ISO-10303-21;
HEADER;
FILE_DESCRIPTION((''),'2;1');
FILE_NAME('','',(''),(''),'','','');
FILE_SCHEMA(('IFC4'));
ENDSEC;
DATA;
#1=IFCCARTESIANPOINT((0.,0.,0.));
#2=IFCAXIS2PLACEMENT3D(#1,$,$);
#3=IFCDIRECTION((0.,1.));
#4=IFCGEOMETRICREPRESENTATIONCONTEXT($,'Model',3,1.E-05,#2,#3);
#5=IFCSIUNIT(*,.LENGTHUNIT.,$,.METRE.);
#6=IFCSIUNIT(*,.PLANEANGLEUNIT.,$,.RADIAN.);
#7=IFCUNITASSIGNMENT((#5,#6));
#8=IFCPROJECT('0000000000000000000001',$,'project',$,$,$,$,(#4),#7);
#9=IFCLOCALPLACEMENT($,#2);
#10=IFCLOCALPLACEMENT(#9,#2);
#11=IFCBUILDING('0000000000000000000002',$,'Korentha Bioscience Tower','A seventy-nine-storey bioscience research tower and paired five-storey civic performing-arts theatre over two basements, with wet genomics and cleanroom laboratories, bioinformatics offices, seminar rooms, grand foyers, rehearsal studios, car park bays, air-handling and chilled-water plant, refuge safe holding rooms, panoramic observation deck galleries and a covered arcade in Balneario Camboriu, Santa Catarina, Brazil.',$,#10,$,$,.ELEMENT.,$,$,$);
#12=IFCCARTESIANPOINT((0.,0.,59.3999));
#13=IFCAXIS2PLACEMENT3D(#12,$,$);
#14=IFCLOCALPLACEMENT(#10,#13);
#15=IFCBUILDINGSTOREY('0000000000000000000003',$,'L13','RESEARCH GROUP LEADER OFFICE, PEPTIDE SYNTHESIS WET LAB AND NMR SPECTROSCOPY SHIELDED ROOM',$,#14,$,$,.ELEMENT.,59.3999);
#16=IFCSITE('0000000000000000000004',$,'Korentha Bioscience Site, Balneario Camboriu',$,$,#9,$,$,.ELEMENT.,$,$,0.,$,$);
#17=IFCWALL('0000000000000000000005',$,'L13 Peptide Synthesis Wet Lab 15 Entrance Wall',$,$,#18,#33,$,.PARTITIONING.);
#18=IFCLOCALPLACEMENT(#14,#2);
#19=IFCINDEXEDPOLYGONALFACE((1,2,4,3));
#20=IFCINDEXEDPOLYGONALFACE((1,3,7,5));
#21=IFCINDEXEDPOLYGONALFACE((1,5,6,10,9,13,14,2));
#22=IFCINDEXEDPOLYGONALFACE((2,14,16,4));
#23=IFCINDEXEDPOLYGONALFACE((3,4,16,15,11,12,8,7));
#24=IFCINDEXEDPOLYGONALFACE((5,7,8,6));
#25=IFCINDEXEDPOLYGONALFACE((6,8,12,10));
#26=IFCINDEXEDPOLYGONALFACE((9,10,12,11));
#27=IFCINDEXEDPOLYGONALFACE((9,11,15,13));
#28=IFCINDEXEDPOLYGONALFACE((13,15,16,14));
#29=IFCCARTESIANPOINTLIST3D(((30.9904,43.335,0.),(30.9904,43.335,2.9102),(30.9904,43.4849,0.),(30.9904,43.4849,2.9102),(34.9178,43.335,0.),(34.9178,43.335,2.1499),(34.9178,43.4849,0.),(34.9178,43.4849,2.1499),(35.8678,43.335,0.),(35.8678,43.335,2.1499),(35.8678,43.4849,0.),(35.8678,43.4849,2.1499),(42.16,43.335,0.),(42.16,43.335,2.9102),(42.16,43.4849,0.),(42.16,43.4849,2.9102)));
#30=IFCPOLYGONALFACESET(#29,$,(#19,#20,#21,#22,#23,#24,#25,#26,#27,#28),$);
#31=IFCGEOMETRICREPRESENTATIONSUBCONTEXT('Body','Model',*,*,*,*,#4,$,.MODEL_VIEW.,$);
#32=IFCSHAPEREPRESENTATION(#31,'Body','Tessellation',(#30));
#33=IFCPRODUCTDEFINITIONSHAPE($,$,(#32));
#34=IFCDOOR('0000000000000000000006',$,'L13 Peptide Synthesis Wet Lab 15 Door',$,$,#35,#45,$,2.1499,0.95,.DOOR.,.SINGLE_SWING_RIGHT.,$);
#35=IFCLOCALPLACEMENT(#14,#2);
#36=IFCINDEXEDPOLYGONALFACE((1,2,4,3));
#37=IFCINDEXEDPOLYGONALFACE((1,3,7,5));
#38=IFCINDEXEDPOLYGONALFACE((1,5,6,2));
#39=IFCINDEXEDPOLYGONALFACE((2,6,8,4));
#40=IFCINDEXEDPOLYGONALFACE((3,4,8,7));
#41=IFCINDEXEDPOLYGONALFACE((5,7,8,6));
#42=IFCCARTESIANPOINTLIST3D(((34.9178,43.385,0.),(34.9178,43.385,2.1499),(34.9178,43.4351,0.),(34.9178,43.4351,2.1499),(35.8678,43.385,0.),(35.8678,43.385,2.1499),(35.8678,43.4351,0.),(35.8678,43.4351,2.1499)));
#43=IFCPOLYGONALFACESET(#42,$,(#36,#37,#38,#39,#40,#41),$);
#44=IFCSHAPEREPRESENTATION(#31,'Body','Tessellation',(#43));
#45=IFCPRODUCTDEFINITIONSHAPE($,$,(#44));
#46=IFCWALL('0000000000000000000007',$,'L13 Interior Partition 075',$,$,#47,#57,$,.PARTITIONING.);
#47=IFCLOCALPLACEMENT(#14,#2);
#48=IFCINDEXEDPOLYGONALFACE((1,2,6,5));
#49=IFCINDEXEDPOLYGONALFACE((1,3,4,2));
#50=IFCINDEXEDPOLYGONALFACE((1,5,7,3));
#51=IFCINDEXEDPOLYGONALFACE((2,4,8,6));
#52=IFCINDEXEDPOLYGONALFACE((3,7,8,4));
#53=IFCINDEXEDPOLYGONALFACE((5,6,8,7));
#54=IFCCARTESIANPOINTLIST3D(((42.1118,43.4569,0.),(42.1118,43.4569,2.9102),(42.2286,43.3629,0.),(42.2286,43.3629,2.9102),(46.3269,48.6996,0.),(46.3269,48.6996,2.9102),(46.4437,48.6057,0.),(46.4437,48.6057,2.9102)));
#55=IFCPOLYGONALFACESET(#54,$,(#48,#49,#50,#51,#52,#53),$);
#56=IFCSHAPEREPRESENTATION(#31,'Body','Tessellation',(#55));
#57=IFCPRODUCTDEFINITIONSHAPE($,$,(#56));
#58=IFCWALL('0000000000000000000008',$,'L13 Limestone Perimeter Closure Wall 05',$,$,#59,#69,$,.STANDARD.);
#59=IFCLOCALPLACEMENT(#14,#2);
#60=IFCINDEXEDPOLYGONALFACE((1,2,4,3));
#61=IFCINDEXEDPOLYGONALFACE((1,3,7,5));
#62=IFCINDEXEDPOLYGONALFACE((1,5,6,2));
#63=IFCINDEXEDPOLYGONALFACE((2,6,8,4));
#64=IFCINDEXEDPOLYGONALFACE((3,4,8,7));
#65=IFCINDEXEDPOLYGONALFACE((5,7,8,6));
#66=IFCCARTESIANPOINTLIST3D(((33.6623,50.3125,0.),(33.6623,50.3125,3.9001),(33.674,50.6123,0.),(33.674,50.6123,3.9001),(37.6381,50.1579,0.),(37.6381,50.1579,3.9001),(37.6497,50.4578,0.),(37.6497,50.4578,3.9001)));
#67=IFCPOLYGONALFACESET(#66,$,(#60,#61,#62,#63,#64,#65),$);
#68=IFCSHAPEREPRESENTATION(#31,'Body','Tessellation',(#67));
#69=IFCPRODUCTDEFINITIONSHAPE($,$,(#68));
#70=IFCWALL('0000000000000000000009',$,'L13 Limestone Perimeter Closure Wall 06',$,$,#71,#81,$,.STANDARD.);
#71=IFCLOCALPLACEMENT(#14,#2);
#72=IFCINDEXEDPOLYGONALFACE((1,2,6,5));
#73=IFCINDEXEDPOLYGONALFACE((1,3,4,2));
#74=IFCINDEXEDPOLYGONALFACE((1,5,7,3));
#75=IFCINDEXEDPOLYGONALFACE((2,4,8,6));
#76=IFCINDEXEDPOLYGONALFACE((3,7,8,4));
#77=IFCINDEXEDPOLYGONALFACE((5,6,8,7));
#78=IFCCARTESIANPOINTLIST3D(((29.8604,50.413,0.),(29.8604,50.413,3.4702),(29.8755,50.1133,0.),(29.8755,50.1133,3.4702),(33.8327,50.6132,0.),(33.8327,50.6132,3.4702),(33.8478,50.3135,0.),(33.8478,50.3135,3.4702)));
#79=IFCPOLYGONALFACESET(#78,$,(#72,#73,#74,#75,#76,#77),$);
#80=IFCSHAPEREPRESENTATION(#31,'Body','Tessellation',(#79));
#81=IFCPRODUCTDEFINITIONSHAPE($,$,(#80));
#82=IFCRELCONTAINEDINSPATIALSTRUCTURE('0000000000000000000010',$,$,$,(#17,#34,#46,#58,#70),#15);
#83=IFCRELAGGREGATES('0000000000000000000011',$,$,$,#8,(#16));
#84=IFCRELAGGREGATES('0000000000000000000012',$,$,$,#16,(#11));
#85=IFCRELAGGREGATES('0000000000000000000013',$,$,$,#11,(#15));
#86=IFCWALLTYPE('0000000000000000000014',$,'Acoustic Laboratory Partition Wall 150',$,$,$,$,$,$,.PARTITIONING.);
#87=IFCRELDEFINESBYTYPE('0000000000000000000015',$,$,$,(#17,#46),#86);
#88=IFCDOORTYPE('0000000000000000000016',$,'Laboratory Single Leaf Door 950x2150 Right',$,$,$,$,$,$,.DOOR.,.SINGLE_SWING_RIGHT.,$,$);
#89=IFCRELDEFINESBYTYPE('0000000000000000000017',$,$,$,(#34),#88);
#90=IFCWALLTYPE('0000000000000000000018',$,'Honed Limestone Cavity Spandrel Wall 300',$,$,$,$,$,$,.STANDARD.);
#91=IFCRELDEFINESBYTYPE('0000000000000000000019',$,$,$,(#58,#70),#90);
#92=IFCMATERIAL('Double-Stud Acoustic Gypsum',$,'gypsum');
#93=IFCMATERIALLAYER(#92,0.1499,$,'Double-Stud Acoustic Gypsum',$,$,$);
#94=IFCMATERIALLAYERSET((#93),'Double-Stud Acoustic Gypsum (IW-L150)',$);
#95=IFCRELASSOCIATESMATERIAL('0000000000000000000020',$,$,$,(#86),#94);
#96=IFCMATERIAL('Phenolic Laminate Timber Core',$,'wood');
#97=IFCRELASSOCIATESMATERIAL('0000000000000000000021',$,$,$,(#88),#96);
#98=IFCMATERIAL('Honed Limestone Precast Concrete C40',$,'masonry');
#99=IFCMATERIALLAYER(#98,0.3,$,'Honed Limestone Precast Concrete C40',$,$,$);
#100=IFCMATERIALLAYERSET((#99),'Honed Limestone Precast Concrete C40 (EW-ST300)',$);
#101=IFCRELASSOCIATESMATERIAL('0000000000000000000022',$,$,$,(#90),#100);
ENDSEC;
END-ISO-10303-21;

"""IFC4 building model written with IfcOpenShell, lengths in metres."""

from ifc_helpers import new_model, si_unit, direction, frame, frame_2d, origin, place, context, subcontext, project, spatial, rectangle, extrude, material, layer, layer_set, type_object, element, fill, save


model = new_model("IFC4")

# Units and contexts
model_context = context("Model", 3, precision=1e-05, world=origin(), true_north=direction((0.0, 1.0)))
body_context = subcontext(model_context, "Body", "Model", "MODEL_VIEW")
ifc_project = project(units=[si_unit("LENGTHUNIT", "METRE"), si_unit("PLANEANGLEUNIT", "RADIAN")], contexts=[model_context])

# Site, building, storey
site_placement = place(None, origin())
site = spatial("IfcSite", under=ifc_project, at=site_placement, Name="Korentha Bioscience Site, Balneario Camboriu", CompositionType="ELEMENT", RefElevation=0.0)
building_placement = place(site_placement, origin())
building = spatial("IfcBuilding", under=site, at=building_placement, Name="Korentha Bioscience Tower", Description="A seventy-nine-storey bioscience research tower and paired five-storey civic performing-arts theatre over two basements, with wet genomics and cleanroom laboratories, bioinformatics offices, seminar rooms, grand foyers, rehearsal studios, car park bays, air-handling and chilled-water plant, refuge safe holding rooms, panoramic observation deck galleries and a covered arcade in Balneario Camboriu, Santa Catarina, Brazil.", CompositionType="ELEMENT")
storey_placement = place(building_placement, frame((0.0, 0.0, 59.3999)))
storey = spatial("IfcBuildingStorey", under=building, at=storey_placement, Name="L13", Description="RESEARCH GROUP LEADER OFFICE, PEPTIDE SYNTHESIS WET LAB AND NMR SPECTROSCOPY SHIELDED ROOM", CompositionType="ELEMENT", Elevation=59.3999)

# Wall, opening, door
ifc_material_1 = material(Name="Double-Stud Acoustic Gypsum", Category="gypsum")
ifc_layer_1 = layer(ifc_material_1, 0.1499, Name="Double-Stud Acoustic Gypsum")
ifc_layer_set_1 = layer_set([ifc_layer_1], Name="Double-Stud Acoustic Gypsum (IW-L150)")
wall_type_1 = type_object("IfcWallType", Name="Acoustic Laboratory Partition Wall 150", PredefinedType="PARTITIONING", material=ifc_layer_set_1)
wall_1_placement = place(storey_placement, frame((42.1602, 43.4099, 0.0), z_axis=(0.0, 0.0, 1.0), x_axis=(-1.0, 0.0, 0.0)))
wall_1 = element("IfcWall", 1, at=wall_1_placement, inside=storey, type_object=wall_type_1, Name="L13 Peptide Synthesis Wet Lab 15 Entrance Wall", PredefinedType="PARTITIONING", context=body_context, shape_type="SweptSolid", body=[
    extrude(rectangle(XDim=11.1697, YDim=0.1499, at=frame_2d((5.585, 0.0))), origin(), (0.0, 0.0, 1.0), 2.9102),
])
opening_1_placement = place(wall_1_placement, frame((6.2922, 0.0, 0.0)))
opening_1 = element("IfcOpeningElement", 2, at=opening_1_placement, cuts=wall_1, PredefinedType="OPENING", context=body_context, shape_type="SweptSolid", body=[
    extrude(rectangle(XDim=0.95, YDim=2.1499, at=frame_2d((0.4751, 1.075))), frame((0.0, 0.0898, 0.0), z_axis=(0.0, -1.0, 0.0), x_axis=(1.0, 0.0, 0.0)), (0.0, 0.0, 1.0), 0.1797),
])
ifc_material_2 = material(Name="Phenolic Laminate Timber Core", Category="wood")
door_type_1 = type_object("IfcDoorType", Name="Laboratory Single Leaf Door 950x2150 Right", OperationType="SINGLE_SWING_RIGHT", PredefinedType="DOOR", material=ifc_material_2)
door_1_placement = place(opening_1_placement, origin())
door_1 = element("IfcDoor", 3, at=door_1_placement, inside=storey, type_object=door_type_1, Name="L13 Peptide Synthesis Wet Lab 15 Door", OperationType="SINGLE_SWING_RIGHT", OverallHeight=2.1499, OverallWidth=0.95, PredefinedType="DOOR", context=body_context, shape_type="SweptSolid", body=[
    extrude(rectangle(XDim=0.95, YDim=2.1499, at=frame_2d((0.4751, 1.075))), frame((0.0, 0.0249, 0.0), z_axis=(0.0, -1.0, 0.0), x_axis=(1.0, 0.0, 0.0)), (0.0, 0.0, 1.0), 0.05),
])
fill(opening_1, door_1)

# Wall
wall_2_placement = place(storey_placement, frame((42.1702, 43.4099, 0.0), z_axis=(0.0, 0.0, 1.0), x_axis=(0.626592, 0.779348, 0.0)))
element("IfcWall", 4, at=wall_2_placement, inside=storey, type_object=wall_type_1, Name="L13 Interior Partition 075", PredefinedType="PARTITIONING", context=body_context, shape_type="SweptSolid", body=[
    extrude(rectangle(XDim=6.7271, YDim=0.1499, at=frame_2d((3.3635, 0.0))), origin(), (0.0, 0.0, 1.0), 2.9102),
])

# Shared definitions
ifc_material_3 = material(Name="Honed Limestone Precast Concrete C40", Category="masonry")
ifc_layer_2 = layer(ifc_material_3, 0.3, Name="Honed Limestone Precast Concrete C40")
ifc_layer_set_2 = layer_set([ifc_layer_2], Name="Honed Limestone Precast Concrete C40 (EW-ST300)")
wall_type_2 = type_object("IfcWallType", Name="Honed Limestone Cavity Spandrel Wall 300", PredefinedType="STANDARD", material=ifc_layer_set_2)

# Walls
wall_3_placement = place(storey_placement, frame((37.6438, 50.3079, 0.0), z_axis=(0.0, 0.0, 1.0), x_axis=(-0.999245, 0.038841, 0.0)))
element("IfcWall", 5, at=wall_3_placement, inside=storey, type_object=wall_type_2, Name="L13 Limestone Perimeter Closure Wall 05", PredefinedType="STANDARD", context=body_context, shape_type="SweptSolid", body=[
    extrude(rectangle(XDim=3.9788, YDim=0.3, at=frame_2d((1.9893, 0.0))), origin(), (0.0, 0.0, 1.0), 3.9001),
])
wall_4_placement = place(storey_placement, frame((33.8403, 50.4634, 0.0), z_axis=(0.0, 0.0, 1.0), x_axis=(-0.998732, -0.050336, 0.0)))
element("IfcWall", 6, at=wall_4_placement, inside=storey, type_object=wall_type_2, Name="L13 Limestone Perimeter Closure Wall 06", PredefinedType="STANDARD", context=body_context, shape_type="SweptSolid", body=[
    extrude(rectangle(XDim=3.9773, YDim=0.3, at=frame_2d((1.9888, 0.0))), origin(), (0.0, 0.0, 1.0), 3.4702),
])

save(model, "model.ifc")
